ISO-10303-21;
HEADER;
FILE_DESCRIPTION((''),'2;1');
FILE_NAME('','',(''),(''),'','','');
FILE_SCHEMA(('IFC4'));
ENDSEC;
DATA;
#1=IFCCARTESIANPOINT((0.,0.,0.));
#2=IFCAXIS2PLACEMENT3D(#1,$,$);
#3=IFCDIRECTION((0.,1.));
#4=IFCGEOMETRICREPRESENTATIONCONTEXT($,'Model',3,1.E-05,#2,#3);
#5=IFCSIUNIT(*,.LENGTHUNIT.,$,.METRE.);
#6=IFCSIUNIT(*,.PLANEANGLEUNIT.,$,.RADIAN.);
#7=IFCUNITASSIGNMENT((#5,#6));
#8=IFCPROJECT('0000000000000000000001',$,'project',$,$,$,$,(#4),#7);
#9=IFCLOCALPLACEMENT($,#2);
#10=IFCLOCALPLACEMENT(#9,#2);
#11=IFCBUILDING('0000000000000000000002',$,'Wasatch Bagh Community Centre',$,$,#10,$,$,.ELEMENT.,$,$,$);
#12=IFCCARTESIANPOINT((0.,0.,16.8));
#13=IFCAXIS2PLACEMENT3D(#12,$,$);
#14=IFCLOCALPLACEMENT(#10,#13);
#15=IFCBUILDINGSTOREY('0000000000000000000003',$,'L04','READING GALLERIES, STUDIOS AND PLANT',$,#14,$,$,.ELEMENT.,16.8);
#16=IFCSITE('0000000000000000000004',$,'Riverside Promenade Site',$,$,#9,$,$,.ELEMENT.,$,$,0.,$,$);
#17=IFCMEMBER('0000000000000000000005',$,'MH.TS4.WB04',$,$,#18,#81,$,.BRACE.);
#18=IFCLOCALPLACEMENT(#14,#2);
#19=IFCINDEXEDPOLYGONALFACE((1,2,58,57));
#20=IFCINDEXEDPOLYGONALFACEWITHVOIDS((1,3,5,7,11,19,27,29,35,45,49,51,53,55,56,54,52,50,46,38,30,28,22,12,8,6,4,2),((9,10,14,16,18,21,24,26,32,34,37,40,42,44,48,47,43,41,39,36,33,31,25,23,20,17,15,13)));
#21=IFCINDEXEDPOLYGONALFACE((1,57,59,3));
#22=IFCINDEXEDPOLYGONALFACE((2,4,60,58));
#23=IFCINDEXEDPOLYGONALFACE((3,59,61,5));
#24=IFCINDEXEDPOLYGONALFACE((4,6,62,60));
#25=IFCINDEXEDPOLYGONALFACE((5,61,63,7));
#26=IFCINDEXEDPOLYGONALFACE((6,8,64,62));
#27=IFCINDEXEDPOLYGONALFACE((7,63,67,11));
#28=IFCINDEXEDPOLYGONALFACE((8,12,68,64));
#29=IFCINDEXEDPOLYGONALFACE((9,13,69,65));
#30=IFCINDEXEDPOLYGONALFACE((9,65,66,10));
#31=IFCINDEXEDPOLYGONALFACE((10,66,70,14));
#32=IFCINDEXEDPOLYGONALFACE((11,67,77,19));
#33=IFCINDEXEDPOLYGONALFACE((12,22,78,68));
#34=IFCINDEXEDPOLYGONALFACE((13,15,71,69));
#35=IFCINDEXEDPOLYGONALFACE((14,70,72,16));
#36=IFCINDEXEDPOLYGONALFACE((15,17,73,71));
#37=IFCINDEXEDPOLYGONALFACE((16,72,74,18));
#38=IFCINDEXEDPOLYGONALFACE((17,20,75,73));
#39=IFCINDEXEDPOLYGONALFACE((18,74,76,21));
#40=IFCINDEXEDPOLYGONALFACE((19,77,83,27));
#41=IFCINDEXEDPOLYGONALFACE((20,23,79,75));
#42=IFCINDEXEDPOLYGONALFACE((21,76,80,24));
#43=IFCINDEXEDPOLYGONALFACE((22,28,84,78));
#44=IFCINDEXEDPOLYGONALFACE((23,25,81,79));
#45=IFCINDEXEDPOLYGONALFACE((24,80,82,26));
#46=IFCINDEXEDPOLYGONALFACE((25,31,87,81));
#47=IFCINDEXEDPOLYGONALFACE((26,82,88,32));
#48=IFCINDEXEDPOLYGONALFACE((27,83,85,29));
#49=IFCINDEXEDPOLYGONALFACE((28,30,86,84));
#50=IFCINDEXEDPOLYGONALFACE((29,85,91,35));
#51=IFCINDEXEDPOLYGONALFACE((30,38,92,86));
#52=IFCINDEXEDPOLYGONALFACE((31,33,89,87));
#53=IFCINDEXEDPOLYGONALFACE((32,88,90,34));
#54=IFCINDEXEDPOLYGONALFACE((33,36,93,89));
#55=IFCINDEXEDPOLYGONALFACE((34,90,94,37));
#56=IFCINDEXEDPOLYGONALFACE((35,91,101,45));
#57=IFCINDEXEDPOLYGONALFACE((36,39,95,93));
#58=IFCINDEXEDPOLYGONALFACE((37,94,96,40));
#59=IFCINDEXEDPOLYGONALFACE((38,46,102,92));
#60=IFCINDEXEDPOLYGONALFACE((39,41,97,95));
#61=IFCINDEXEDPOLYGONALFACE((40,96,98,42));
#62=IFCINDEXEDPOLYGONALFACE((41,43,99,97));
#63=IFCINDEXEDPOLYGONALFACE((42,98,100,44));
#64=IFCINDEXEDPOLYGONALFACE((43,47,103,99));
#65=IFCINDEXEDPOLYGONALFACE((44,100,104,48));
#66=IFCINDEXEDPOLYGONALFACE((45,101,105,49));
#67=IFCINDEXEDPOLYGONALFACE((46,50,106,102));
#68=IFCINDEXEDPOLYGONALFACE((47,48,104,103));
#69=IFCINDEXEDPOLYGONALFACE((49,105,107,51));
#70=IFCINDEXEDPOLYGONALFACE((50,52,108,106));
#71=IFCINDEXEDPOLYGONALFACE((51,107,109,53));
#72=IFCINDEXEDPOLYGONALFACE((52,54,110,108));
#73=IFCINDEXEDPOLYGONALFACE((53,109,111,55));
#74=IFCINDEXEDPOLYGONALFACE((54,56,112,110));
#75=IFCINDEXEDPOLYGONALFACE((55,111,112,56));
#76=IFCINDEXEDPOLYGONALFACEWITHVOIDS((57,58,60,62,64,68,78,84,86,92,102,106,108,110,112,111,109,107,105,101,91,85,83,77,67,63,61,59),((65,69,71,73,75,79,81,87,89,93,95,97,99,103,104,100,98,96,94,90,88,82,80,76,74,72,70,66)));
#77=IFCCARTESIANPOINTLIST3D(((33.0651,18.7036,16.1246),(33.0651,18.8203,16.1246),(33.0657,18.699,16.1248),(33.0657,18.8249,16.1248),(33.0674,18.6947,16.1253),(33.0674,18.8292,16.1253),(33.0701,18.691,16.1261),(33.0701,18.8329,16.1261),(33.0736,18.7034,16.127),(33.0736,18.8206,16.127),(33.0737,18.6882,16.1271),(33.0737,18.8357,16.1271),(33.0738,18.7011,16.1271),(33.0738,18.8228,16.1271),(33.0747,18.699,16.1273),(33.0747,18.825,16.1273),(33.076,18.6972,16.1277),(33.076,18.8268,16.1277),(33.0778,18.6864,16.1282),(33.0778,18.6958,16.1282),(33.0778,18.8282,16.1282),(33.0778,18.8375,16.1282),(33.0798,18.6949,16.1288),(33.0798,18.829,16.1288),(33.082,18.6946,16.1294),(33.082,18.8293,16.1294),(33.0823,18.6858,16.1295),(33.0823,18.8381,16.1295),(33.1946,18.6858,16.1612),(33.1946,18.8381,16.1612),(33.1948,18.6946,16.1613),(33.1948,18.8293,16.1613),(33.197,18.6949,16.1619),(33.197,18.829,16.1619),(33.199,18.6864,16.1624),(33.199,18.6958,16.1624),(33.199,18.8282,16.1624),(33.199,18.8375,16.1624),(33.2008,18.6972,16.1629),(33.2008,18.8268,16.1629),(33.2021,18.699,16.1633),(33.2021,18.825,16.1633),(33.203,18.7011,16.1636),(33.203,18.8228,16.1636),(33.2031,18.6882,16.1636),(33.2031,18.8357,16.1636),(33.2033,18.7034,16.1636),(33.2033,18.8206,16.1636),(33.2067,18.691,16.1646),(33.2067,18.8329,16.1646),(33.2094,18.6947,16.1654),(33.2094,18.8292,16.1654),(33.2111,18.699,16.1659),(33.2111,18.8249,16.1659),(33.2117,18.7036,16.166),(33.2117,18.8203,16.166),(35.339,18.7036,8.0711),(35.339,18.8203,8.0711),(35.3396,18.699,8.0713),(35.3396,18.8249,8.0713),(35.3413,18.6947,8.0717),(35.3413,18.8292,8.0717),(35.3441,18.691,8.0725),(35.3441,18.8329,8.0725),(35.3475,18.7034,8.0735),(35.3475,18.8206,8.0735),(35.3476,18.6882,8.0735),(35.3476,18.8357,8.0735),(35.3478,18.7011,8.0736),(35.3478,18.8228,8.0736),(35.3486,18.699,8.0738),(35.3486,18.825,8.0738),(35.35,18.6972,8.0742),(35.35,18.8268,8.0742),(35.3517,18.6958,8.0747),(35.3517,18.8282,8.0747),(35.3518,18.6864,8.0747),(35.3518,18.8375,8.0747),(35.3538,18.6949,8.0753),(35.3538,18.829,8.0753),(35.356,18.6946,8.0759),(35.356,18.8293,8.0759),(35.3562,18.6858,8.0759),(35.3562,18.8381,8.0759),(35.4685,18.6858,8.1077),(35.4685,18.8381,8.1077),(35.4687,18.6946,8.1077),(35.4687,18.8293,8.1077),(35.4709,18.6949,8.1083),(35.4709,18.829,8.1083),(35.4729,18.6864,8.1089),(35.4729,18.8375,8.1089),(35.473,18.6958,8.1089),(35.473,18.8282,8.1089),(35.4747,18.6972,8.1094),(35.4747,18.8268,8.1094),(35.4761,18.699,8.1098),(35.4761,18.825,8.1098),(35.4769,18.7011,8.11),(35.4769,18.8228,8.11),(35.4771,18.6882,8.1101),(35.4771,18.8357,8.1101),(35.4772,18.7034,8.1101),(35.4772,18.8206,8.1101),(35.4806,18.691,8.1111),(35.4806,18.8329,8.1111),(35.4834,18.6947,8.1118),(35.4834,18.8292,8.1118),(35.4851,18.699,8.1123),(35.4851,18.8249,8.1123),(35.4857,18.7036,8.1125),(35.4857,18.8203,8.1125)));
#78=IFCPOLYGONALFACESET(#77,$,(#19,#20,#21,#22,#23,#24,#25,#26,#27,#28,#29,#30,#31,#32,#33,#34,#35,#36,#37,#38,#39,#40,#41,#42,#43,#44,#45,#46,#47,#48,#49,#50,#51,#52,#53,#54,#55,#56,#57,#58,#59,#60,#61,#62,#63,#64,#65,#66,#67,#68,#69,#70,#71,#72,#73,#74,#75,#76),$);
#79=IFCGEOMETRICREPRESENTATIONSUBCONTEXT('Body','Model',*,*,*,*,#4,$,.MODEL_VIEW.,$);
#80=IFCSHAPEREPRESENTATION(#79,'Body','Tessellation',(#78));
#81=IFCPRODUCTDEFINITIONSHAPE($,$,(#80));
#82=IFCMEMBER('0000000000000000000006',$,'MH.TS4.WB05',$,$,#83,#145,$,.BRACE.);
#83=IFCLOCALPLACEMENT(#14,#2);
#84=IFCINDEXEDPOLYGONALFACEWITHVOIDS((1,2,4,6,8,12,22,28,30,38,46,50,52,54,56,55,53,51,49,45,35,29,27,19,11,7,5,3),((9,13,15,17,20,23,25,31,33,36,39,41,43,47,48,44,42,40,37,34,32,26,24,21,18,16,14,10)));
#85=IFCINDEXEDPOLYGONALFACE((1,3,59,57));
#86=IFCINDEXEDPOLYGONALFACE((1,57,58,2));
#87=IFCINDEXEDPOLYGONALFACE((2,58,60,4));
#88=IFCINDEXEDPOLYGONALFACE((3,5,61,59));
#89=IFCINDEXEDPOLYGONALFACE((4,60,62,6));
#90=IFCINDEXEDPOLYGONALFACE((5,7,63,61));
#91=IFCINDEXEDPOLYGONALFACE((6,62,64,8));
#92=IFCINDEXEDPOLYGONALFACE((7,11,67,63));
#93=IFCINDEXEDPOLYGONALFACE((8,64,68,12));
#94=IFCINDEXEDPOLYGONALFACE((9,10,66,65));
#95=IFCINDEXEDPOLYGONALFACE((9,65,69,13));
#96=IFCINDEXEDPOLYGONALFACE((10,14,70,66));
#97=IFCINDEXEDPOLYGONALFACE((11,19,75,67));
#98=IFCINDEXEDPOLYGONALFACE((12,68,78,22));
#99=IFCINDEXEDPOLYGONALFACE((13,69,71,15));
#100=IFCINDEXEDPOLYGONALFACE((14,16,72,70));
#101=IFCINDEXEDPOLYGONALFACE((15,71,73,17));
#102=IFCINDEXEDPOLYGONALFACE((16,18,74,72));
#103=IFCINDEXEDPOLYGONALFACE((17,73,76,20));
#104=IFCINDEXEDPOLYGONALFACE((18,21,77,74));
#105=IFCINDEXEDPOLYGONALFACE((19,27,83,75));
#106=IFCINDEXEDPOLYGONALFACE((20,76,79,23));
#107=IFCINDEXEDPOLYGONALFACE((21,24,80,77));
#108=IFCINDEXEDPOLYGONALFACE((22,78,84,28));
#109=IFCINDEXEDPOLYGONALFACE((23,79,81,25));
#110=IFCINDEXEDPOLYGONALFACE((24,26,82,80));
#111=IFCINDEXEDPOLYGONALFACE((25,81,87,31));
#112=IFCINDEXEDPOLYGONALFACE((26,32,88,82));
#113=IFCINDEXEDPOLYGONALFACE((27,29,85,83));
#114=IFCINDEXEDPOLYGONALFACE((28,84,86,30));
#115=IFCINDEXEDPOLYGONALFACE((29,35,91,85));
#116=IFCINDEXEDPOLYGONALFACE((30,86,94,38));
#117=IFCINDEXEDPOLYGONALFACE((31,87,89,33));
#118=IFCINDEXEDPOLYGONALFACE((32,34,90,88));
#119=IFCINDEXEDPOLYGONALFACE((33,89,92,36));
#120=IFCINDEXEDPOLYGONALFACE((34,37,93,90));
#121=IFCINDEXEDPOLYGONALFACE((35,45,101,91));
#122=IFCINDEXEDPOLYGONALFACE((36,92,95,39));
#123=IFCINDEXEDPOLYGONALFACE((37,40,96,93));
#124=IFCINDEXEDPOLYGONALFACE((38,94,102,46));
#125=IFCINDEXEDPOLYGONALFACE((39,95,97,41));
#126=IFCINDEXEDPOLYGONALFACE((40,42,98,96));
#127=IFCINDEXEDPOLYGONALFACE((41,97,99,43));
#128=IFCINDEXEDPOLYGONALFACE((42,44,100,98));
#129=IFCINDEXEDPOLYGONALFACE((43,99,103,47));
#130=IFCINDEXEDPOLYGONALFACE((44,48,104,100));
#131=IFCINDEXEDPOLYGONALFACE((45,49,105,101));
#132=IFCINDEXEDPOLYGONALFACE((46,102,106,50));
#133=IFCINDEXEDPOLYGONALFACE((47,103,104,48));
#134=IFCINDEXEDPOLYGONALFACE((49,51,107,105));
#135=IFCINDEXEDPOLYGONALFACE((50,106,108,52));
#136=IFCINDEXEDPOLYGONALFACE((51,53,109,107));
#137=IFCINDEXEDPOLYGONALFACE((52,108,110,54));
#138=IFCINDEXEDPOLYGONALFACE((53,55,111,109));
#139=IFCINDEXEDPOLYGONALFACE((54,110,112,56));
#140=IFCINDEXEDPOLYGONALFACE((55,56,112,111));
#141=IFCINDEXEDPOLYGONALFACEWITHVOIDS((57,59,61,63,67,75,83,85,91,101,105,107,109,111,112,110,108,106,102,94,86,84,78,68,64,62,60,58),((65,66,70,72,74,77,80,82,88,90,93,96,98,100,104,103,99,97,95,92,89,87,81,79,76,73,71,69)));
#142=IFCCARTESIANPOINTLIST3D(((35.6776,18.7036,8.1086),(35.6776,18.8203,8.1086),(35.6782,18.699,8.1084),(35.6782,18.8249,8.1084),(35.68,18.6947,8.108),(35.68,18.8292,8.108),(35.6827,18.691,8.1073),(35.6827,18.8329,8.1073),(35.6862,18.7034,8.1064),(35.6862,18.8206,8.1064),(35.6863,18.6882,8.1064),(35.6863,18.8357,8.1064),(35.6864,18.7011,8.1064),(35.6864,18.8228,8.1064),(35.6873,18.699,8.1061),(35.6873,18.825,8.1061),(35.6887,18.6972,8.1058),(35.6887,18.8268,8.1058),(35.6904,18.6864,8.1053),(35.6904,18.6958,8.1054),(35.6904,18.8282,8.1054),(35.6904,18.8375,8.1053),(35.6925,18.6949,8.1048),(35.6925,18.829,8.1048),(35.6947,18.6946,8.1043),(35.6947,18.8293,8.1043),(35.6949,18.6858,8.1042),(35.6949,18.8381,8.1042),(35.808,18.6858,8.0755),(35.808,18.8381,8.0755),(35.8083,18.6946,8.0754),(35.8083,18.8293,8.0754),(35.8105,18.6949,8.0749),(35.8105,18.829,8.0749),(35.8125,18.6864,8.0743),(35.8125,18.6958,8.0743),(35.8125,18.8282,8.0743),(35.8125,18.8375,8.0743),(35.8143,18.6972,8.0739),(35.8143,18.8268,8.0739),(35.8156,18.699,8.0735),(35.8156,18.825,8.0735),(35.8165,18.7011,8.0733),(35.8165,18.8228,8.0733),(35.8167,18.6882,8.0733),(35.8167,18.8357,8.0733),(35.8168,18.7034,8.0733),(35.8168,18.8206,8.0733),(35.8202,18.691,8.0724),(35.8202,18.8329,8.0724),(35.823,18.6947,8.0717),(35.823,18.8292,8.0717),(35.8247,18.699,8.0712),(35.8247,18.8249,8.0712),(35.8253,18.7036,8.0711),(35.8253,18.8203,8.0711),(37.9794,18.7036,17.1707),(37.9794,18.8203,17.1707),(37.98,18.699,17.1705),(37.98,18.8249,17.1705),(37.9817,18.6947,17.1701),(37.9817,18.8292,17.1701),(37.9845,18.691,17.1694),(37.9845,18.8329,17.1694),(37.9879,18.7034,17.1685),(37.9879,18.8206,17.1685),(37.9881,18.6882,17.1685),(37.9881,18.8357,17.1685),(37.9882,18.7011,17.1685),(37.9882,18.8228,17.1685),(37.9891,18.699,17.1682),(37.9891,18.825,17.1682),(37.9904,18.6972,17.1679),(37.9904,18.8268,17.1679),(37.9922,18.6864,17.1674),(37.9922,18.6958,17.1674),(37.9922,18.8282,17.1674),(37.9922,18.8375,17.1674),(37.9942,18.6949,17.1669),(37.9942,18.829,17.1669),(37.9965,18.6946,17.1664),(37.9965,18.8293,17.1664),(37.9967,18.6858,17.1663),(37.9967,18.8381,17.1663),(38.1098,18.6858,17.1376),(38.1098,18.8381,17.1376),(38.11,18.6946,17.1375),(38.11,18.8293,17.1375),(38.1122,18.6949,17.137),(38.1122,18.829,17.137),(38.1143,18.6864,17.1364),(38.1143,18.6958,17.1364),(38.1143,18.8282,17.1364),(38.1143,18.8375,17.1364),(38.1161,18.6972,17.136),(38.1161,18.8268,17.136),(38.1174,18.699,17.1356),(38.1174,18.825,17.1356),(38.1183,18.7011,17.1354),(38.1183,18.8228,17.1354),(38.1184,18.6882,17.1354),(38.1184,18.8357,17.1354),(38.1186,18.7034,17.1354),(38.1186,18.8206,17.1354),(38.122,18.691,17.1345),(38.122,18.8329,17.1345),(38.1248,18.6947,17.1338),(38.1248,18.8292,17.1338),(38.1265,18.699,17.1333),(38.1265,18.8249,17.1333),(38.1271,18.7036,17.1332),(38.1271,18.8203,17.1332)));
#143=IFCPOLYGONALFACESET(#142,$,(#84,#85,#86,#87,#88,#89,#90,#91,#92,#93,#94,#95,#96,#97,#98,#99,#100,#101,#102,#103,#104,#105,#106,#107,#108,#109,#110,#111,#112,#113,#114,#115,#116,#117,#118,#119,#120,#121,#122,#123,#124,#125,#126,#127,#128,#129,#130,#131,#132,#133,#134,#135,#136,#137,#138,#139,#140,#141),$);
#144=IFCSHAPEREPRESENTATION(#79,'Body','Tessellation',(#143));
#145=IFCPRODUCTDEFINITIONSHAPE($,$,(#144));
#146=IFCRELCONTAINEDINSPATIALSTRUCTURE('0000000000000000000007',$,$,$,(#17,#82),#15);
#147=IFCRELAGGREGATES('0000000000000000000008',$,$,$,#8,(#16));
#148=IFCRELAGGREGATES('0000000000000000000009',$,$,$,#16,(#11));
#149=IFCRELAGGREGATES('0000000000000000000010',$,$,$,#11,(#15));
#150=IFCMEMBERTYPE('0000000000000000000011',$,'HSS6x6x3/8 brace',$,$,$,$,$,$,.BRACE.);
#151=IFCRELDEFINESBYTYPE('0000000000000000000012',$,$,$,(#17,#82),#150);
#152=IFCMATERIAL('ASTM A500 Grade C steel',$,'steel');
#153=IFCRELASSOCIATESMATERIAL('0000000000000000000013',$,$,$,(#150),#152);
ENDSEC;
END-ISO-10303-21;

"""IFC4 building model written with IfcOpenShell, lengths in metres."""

from ifc_helpers import new_model, si_unit, direction, frame, origin, origin_2d, place, context, subcontext, project, spatial, hollow_rectangle, extrude, material, material_profile, profile_set, type_object, element, save


model = new_model("IFC4")

# Units and contexts
model_context = context("Model", 3, precision=1e-05, world=origin(), true_north=direction((0.0, 1.0)))
body_context = subcontext(model_context, "Body", "Model", "MODEL_VIEW")
ifc_project = project(units=[si_unit("LENGTHUNIT", "METRE"), si_unit("PLANEANGLEUNIT", "RADIAN")], contexts=[model_context])

# Site, building, storey
site_placement = place(None, origin())
site = spatial("IfcSite", under=ifc_project, at=site_placement, Name="Riverside Promenade Site", CompositionType="ELEMENT", RefElevation=0.0)
building_placement = place(site_placement, origin())
building = spatial("IfcBuilding", under=site, at=building_placement, Name="Wasatch Bagh Community Centre", CompositionType="ELEMENT")
storey_placement = place(building_placement, frame((0.0, 0.0, 16.8)))
storey = spatial("IfcBuildingStorey", under=building, at=storey_placement, Name="L04", Description="READING GALLERIES, STUDIOS AND PLANT", CompositionType="ELEMENT", Elevation=16.8)

# Members
ifc_material_1 = material(Name="ASTM A500 Grade C steel", Category="steel")
ifc_material_profile_1 = material_profile(ifc_material_1, hollow_rectangle(XDim=0.1523, YDim=0.1523, WallThickness=0.0088, InnerFilletRadius=0.0088, OuterFilletRadius=0.0178, at=origin_2d()), Name="HSS6x6x3/8")
ifc_profile_set_1 = profile_set([ifc_material_profile_1], Name="ASTM A500 Grade C steel")
member_type_1 = type_object("IfcMemberType", Name="HSS6x6x3/8 brace", PredefinedType="BRACE", material=ifc_profile_set_1)
member_1_placement = place(storey_placement, frame((35.4124, 18.762, 8.0918), z_axis=(-0.27173, 0.0, 0.962374), x_axis=(0.0, -1.0, 0.0)))
element("IfcMember", 1, at=member_1_placement, inside=storey, type_object=member_type_1, Name="MH.TS4.WB04", PredefinedType="BRACE", context=body_context, shape_type="SweptSolid", body=[
    extrude(hollow_rectangle(XDim=0.1523, YDim=0.1523, WallThickness=0.0088, InnerFilletRadius=0.0088, OuterFilletRadius=0.0178, at=origin_2d()), origin(), (0.0, 0.0, 1.0), 8.3684),
])
member_2_placement = place(storey_placement, frame((35.7515, 18.762, 8.0898), z_axis=(0.246183, 0.0, 0.969223), x_axis=(0.0, 1.0, 0.0)))
element("IfcMember", 2, at=member_2_placement, inside=storey, type_object=member_type_1, Name="MH.TS4.WB05", PredefinedType="BRACE", context=body_context, shape_type="SweptSolid", body=[
    extrude(hollow_rectangle(XDim=0.1523, YDim=0.1523, WallThickness=0.0088, InnerFilletRadius=0.0088, OuterFilletRadius=0.0178, at=origin_2d()), origin(), (0.0, 0.0, 1.0), 9.3499),
])

save(model, "model.ifc")
